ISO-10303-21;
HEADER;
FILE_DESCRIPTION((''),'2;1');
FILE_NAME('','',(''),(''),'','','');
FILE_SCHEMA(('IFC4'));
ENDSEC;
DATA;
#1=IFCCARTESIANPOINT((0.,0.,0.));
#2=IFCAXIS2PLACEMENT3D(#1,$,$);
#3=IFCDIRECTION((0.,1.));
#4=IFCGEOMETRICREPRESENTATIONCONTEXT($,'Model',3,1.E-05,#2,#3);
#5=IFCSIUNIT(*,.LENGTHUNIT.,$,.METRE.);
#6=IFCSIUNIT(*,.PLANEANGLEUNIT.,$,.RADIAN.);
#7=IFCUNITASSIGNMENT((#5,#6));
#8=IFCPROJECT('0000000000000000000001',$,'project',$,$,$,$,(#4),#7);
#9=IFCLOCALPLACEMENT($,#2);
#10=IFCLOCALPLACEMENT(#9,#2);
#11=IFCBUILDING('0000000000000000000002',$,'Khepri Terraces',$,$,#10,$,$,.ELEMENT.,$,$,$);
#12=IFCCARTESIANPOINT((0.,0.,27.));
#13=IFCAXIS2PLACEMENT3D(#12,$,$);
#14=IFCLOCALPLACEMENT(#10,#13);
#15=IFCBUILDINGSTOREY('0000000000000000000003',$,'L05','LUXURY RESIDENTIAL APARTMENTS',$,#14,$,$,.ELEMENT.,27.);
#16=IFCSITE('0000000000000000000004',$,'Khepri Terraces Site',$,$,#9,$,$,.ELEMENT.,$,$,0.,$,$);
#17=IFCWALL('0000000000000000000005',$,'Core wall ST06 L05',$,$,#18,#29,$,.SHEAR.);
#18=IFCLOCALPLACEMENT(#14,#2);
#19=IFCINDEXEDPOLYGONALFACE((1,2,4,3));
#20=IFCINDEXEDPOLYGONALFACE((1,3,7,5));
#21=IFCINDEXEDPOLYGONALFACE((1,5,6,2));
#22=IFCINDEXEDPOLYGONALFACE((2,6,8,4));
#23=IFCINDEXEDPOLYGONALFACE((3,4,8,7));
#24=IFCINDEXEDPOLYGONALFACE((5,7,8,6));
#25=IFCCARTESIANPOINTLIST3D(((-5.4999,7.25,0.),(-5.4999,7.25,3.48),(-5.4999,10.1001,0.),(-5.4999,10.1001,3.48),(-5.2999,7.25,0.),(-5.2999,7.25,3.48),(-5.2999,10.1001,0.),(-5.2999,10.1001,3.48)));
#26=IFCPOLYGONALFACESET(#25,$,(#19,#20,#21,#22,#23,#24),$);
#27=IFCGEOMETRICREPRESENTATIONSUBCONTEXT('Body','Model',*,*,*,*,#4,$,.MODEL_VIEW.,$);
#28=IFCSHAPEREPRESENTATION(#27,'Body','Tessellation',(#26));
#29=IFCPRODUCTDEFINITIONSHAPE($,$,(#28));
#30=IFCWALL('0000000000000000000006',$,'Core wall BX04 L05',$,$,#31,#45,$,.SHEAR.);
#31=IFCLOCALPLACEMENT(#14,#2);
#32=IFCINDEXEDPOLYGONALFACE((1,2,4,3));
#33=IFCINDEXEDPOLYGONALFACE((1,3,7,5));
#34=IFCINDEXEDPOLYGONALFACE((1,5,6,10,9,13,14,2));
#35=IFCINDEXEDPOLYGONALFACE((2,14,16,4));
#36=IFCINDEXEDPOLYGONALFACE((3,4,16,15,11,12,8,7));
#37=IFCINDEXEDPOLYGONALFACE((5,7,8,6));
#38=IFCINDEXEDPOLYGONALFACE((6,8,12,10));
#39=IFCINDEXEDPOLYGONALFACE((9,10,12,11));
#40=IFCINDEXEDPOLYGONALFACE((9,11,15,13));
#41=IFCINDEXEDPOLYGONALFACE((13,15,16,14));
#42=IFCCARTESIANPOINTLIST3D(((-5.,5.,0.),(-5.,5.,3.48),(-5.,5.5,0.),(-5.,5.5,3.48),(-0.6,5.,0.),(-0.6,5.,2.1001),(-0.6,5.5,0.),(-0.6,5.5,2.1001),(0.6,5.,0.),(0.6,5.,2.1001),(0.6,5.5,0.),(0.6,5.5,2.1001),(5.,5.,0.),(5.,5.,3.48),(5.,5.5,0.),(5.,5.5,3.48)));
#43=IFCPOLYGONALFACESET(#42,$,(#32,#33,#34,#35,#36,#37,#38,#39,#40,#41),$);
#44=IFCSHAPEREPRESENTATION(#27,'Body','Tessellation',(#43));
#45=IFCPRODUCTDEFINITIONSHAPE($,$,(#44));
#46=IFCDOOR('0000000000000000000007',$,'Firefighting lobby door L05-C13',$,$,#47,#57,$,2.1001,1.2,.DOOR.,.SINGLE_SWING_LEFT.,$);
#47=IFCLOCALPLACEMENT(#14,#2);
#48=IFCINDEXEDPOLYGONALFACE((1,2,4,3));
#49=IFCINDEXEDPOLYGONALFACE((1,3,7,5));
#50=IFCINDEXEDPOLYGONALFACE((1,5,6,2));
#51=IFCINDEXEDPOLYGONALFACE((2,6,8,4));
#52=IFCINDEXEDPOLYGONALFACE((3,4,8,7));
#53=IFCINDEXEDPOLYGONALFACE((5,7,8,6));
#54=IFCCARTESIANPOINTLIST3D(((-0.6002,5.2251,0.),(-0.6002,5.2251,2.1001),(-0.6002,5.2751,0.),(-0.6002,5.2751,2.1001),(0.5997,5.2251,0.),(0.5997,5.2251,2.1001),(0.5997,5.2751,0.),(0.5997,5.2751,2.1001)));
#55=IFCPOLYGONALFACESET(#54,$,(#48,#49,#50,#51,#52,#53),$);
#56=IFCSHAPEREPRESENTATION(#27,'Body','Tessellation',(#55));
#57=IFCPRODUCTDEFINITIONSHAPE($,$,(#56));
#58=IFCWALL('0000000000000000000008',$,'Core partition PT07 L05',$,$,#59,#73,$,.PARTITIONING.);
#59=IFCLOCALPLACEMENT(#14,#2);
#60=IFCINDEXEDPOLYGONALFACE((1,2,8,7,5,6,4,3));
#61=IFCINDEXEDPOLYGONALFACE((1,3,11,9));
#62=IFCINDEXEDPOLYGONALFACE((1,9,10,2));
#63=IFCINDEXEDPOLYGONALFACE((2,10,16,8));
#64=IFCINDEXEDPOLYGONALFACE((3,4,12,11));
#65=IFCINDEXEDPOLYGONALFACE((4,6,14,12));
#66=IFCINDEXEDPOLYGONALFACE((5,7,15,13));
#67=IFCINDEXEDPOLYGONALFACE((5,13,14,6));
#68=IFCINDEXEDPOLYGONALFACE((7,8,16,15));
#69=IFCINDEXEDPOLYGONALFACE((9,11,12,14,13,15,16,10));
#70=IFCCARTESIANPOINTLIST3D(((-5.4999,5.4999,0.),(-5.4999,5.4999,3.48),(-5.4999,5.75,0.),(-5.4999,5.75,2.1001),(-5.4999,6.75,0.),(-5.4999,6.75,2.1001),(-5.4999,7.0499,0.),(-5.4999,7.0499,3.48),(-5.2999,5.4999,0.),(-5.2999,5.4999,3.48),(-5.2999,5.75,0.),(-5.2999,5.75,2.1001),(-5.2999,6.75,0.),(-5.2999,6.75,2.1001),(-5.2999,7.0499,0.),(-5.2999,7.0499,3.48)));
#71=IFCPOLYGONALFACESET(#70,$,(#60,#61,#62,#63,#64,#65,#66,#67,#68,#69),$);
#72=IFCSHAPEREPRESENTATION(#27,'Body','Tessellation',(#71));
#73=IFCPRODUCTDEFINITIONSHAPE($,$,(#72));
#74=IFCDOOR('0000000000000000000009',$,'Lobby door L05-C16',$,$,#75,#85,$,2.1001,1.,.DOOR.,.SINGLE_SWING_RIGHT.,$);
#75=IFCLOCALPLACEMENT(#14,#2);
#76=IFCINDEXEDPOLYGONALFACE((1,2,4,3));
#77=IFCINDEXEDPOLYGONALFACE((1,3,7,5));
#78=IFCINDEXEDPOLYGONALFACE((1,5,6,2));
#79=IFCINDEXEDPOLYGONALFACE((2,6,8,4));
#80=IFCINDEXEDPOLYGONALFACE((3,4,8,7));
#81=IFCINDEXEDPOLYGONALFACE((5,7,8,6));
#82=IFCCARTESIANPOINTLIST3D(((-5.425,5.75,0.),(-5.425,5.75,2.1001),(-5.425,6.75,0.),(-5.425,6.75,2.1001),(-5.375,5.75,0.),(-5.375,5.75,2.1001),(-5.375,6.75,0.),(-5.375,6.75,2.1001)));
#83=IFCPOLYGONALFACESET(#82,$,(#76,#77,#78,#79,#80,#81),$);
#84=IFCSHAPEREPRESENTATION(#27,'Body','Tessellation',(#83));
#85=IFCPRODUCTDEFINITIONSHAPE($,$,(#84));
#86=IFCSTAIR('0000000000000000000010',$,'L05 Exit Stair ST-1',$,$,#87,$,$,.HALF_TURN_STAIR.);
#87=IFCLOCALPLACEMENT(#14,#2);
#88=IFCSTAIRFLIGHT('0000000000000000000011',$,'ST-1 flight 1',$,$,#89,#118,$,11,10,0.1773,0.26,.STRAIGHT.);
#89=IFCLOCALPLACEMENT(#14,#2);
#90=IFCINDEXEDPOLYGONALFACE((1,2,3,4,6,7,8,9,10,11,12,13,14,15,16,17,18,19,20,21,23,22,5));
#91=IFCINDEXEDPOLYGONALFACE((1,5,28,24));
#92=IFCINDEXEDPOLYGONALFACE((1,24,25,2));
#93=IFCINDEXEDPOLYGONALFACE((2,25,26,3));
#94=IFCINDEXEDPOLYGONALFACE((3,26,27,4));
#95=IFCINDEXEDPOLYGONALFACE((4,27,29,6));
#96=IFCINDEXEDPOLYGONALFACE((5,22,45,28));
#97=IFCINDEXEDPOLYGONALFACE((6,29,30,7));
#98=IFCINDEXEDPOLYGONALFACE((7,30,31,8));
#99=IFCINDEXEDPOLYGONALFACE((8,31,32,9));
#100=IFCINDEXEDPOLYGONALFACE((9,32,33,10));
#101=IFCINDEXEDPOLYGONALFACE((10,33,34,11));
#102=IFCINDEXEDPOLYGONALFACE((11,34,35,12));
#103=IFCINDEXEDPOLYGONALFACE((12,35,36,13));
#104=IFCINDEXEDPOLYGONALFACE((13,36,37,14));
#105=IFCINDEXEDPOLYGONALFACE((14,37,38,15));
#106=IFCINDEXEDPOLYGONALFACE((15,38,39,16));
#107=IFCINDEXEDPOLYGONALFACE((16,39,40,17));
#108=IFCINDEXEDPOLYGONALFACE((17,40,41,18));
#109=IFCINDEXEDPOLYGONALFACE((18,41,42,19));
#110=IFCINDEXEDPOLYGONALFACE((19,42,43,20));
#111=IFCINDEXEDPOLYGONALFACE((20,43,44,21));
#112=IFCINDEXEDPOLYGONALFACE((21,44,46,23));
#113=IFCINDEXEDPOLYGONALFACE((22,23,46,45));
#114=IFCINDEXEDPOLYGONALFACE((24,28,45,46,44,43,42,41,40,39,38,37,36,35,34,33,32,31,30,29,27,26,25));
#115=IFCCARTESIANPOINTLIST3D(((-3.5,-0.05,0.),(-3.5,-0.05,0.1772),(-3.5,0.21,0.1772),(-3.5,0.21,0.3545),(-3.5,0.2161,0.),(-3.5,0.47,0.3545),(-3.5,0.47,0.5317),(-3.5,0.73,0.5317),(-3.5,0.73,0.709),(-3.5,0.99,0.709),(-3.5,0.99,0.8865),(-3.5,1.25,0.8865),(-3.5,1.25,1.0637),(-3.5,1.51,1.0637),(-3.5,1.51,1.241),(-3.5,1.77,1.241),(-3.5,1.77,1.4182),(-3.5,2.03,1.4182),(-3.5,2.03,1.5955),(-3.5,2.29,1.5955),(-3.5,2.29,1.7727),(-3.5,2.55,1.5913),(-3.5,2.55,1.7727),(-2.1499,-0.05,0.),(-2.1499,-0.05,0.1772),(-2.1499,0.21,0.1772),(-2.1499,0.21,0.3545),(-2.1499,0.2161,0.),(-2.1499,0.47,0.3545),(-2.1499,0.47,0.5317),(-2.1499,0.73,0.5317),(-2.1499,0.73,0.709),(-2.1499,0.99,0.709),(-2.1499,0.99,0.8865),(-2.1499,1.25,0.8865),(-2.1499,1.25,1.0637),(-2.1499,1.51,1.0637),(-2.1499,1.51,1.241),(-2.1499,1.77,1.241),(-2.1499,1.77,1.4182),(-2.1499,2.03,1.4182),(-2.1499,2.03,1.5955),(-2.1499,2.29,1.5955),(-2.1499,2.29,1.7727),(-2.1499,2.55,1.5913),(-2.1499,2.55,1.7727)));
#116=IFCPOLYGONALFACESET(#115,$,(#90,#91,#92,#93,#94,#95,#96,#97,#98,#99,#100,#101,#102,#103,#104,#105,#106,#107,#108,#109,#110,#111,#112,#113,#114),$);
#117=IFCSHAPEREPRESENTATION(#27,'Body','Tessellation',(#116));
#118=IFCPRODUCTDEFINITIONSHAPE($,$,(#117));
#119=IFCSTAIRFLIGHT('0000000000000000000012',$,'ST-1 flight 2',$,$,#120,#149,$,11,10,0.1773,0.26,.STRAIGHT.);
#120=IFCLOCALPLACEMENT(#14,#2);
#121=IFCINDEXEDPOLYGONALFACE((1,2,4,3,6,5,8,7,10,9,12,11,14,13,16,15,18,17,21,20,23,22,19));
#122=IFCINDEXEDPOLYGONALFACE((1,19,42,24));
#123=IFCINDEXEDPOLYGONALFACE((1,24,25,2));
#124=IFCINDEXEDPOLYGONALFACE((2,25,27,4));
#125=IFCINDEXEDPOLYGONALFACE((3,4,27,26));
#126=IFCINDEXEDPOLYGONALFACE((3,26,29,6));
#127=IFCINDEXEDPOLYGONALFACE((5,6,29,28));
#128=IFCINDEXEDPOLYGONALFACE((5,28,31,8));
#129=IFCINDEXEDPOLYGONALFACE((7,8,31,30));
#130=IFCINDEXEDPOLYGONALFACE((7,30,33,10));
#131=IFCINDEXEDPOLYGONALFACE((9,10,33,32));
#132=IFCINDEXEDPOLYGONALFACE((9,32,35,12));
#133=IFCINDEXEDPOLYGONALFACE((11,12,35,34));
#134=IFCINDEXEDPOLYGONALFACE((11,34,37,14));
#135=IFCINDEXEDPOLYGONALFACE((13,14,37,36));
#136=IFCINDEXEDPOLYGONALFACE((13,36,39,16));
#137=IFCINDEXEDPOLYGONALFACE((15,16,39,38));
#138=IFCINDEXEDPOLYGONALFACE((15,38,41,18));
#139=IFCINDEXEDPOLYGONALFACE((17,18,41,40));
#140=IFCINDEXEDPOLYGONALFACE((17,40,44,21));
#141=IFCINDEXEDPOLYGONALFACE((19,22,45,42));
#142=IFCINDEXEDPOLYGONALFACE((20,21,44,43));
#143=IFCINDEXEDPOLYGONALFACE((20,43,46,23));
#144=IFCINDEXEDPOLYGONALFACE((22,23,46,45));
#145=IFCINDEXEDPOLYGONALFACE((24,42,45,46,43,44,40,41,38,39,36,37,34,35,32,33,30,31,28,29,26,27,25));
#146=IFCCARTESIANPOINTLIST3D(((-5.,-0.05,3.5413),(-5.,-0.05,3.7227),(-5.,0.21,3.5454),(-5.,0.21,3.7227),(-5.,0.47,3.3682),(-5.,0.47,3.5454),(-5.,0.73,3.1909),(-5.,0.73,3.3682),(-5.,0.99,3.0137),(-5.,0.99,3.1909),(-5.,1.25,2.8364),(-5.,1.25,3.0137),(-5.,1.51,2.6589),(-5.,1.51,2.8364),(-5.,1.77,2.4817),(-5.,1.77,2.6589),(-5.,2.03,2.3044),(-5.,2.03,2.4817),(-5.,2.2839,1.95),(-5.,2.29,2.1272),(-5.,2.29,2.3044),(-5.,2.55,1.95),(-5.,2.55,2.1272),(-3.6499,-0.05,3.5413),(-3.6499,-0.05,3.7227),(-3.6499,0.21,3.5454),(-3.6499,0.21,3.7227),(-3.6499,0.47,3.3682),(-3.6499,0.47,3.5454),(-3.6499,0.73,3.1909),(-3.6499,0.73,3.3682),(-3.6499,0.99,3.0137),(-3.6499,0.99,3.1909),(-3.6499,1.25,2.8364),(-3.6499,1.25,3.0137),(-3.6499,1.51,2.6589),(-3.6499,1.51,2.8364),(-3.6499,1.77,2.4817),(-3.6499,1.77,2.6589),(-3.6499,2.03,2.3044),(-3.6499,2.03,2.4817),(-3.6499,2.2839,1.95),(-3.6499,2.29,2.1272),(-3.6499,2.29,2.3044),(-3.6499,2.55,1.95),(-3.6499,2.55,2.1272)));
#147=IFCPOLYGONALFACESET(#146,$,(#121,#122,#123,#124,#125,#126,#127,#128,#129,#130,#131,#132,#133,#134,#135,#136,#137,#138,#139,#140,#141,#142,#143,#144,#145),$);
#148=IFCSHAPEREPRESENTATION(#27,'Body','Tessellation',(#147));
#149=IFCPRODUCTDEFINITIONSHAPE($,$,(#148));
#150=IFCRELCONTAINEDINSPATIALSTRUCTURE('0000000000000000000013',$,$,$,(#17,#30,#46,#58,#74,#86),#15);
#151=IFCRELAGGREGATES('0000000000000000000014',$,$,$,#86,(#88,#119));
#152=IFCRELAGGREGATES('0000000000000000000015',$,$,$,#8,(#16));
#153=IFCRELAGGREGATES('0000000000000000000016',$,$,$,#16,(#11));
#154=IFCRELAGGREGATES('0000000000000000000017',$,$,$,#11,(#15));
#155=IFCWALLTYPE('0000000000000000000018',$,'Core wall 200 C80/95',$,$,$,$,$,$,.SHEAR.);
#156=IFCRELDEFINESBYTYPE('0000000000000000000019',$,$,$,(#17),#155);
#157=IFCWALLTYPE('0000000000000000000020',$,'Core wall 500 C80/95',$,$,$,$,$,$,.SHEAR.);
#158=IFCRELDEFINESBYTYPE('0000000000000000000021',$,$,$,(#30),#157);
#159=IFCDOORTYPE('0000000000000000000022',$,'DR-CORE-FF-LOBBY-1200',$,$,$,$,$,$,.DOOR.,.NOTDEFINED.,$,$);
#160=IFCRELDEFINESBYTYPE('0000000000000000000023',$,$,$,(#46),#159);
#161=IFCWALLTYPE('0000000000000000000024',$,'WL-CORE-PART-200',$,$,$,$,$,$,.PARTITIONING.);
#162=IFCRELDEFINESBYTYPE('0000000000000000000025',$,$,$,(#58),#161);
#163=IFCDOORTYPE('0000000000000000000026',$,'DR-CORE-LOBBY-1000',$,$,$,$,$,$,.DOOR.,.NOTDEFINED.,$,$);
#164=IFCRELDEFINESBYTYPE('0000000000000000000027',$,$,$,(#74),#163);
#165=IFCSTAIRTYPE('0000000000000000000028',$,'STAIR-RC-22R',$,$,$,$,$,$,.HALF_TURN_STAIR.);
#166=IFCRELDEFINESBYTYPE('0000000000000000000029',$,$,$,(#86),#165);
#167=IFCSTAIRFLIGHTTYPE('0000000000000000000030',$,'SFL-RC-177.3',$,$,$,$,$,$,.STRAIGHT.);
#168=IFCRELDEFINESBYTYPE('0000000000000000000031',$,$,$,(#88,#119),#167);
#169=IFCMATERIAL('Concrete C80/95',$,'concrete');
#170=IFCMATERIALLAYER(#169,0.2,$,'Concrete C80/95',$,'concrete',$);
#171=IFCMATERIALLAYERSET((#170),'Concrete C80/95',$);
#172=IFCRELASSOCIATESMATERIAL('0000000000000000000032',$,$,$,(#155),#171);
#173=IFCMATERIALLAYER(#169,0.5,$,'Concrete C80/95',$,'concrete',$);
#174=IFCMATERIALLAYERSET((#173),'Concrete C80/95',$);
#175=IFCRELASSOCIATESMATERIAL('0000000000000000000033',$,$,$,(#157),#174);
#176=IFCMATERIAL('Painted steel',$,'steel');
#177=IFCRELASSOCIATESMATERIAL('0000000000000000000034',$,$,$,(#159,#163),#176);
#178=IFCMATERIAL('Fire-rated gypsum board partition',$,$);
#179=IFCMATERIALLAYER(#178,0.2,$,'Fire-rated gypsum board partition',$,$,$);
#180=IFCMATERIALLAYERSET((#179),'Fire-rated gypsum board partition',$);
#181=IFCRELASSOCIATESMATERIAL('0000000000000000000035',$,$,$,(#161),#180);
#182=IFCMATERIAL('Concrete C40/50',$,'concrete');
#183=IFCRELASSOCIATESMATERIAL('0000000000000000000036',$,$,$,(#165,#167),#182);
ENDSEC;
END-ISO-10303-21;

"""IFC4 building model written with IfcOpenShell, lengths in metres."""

from ifc_helpers import new_model, si_unit, direction, frame, frame_2d, origin, place, context, subcontext, project, spatial, polyline, rectangle, outline, extrude, material, layer, layer_set, type_object, element, fill, aggregate, save


model = new_model("IFC4")

# Units and contexts
model_context = context("Model", 3, precision=1e-05, world=origin(), true_north=direction((0.0, 1.0)))
body_context = subcontext(model_context, "Body", "Model", "MODEL_VIEW")
ifc_project = project(units=[si_unit("LENGTHUNIT", "METRE"), si_unit("PLANEANGLEUNIT", "RADIAN")], contexts=[model_context])

# Site, building, storey
site_placement = place(None, origin())
site = spatial("IfcSite", under=ifc_project, at=site_placement, Name="Khepri Terraces Site", CompositionType="ELEMENT", RefElevation=0.0)
building_placement = place(site_placement, origin())
building = spatial("IfcBuilding", under=site, at=building_placement, Name="Khepri Terraces", CompositionType="ELEMENT")
storey_placement = place(building_placement, frame((0.0, 0.0, 27.0)))
storey = spatial("IfcBuildingStorey", under=building, at=storey_placement, Name="L05", Description="LUXURY RESIDENTIAL APARTMENTS", CompositionType="ELEMENT", Elevation=27.0)

# Wall
ifc_material_1 = material(Name="Concrete C80/95", Category="concrete")
ifc_layer_1 = layer(ifc_material_1, 0.2, Name="Concrete C80/95", Category="concrete")
ifc_layer_set_1 = layer_set([ifc_layer_1], Name="Concrete C80/95")
wall_type_1 = type_object("IfcWallType", Name="Core wall 200 C80/95", PredefinedType="SHEAR", material=ifc_layer_set_1)
wall_1_placement = place(storey_placement, frame((-5.3999, 7.25, 0.0), z_axis=(0.0, 0.0, 1.0), x_axis=(0.0, 1.0, 0.0)))
element("IfcWall", 1, at=wall_1_placement, inside=storey, type_object=wall_type_1, Name="Core wall ST06 L05", PredefinedType="SHEAR", context=body_context, shape_type="SweptSolid", body=[
    extrude(rectangle(XDim=2.8501, YDim=0.2, at=frame_2d((1.425, 0.0))), origin(), (0.0, 0.0, 1.0), 3.48),
])

# Walls, openings, doors
ifc_layer_2 = layer(ifc_material_1, 0.5, Name="Concrete C80/95", Category="concrete")
ifc_layer_set_2 = layer_set([ifc_layer_2], Name="Concrete C80/95")
wall_type_2 = type_object("IfcWallType", Name="Core wall 500 C80/95", PredefinedType="SHEAR", material=ifc_layer_set_2)
wall_2_placement = place(storey_placement, frame((-5.0, 5.25, 0.0), z_axis=(0.0, 0.0, 1.0), x_axis=(1.0, 0.0, 0.0)))
wall_2 = element("IfcWall", 2, at=wall_2_placement, inside=storey, type_object=wall_type_2, Name="Core wall BX04 L05", PredefinedType="SHEAR", context=body_context, shape_type="SweptSolid", body=[
    extrude(rectangle(XDim=10.0, YDim=0.5, at=frame_2d((5.0, 0.0))), origin(), (0.0, 0.0, 1.0), 3.48),
])
opening_1_placement = place(wall_2_placement, frame((4.3999, 0.0, 0.0)))
opening_1 = element("IfcOpeningElement", 3, at=opening_1_placement, cuts=wall_2, PredefinedType="OPENING", context=body_context, shape_type="SweptSolid", body=[
    extrude(rectangle(XDim=1.2, YDim=2.1001, at=frame_2d((0.6001, 1.05))), frame((0.0, 0.26, 0.0), z_axis=(0.0, -1.0, 0.0), x_axis=(1.0, 0.0, 0.0)), (0.0, 0.0, 1.0), 0.52),
])
ifc_material_2 = material(Name="Painted steel", Category="steel")
door_type_1 = type_object("IfcDoorType", Name="DR-CORE-FF-LOBBY-1200", OperationType="NOTDEFINED", PredefinedType="DOOR", material=ifc_material_2)
door_1_placement = place(opening_1_placement, frame((1.2, 0.0, 0.0), z_axis=(0.0, 0.0, 1.0), x_axis=(-1.0, 0.0, 0.0)))
door_1 = element("IfcDoor", 4, at=door_1_placement, inside=storey, type_object=door_type_1, Name="Firefighting lobby door L05-C13", OperationType="SINGLE_SWING_LEFT", OverallHeight=2.1001, OverallWidth=1.2, PredefinedType="DOOR", context=body_context, shape_type="SweptSolid", body=[
    extrude(rectangle(XDim=1.2, YDim=2.1001, at=frame_2d((0.6001, 1.05))), frame((0.0, 0.0249, 0.0), z_axis=(0.0, -1.0, 0.0), x_axis=(1.0, 0.0, 0.0)), (0.0, 0.0, 1.0), 0.05),
])
fill(opening_1, door_1)
ifc_material_3 = material(Name="Fire-rated gypsum board partition")
ifc_layer_3 = layer(ifc_material_3, 0.2, Name="Fire-rated gypsum board partition")
ifc_layer_set_3 = layer_set([ifc_layer_3], Name="Fire-rated gypsum board partition")
wall_type_3 = type_object("IfcWallType", Name="WL-CORE-PART-200", PredefinedType="PARTITIONING", material=ifc_layer_set_3)
wall_3_placement = place(storey_placement, frame((-5.3999, 5.5, 0.0), z_axis=(0.0, 0.0, 1.0), x_axis=(0.0, 1.0, 0.0)))
wall_3 = element("IfcWall", 5, at=wall_3_placement, inside=storey, type_object=wall_type_3, Name="Core partition PT07 L05", PredefinedType="PARTITIONING", context=body_context, shape_type="SweptSolid", body=[
    extrude(rectangle(XDim=1.55, YDim=0.2, at=frame_2d((0.7749, 0.0))), origin(), (0.0, 0.0, 1.0), 3.48),
])
opening_2_placement = place(wall_3_placement, frame((0.25, 0.0, 0.0)))
opening_2 = element("IfcOpeningElement", 6, at=opening_2_placement, cuts=wall_3, PredefinedType="OPENING", context=body_context, shape_type="SweptSolid", body=[
    extrude(rectangle(XDim=1.0, YDim=2.1001, at=frame_2d((0.5, 1.05))), frame((0.0, 0.1099, 0.0), z_axis=(0.0, -1.0, 0.0), x_axis=(1.0, 0.0, 0.0)), (0.0, 0.0, 1.0), 0.22),
])
door_type_2 = type_object("IfcDoorType", Name="DR-CORE-LOBBY-1000", OperationType="NOTDEFINED", PredefinedType="DOOR", material=ifc_material_2)
door_2_placement = place(opening_2_placement, frame((1.0, 0.0, 0.0), z_axis=(0.0, 0.0, 1.0), x_axis=(-1.0, 0.0, 0.0)))
door_2 = element("IfcDoor", 7, at=door_2_placement, inside=storey, type_object=door_type_2, Name="Lobby door L05-C16", OperationType="SINGLE_SWING_RIGHT", OverallHeight=2.1001, OverallWidth=1.0, PredefinedType="DOOR", context=body_context, shape_type="SweptSolid", body=[
    extrude(rectangle(XDim=1.0, YDim=2.1001, at=frame_2d((0.5, 1.05))), frame((0.0, 0.0249, 0.0), z_axis=(0.0, -1.0, 0.0), x_axis=(1.0, 0.0, 0.0)), (0.0, 0.0, 1.0), 0.05),
])
fill(opening_2, door_2)

# Stair, stair flights
ifc_material_4 = material(Name="Concrete C40/50", Category="concrete")
stair_type = type_object("IfcStairType", Name="STAIR-RC-22R", PredefinedType="HALF_TURN_STAIR", material=ifc_material_4)
stair_1_placement = place(storey_placement, origin())
stair_1 = element("IfcStair", 8, at=stair_1_placement, inside=storey, type_object=stair_type, Name="L05 Exit Stair ST-1", PredefinedType="HALF_TURN_STAIR")
stair_flight_type = type_object("IfcStairFlightType", Name="SFL-RC-177.3", PredefinedType="STRAIGHT", material=ifc_material_4)
stair_flight_1_placement = place(storey_placement, frame((-2.825, -0.05, 0.0), z_axis=(0.0, 0.0, 1.0), x_axis=(0.0, 1.0, 0.0)))
stair_flight_1 = element("IfcStairFlight", 9, at=stair_flight_1_placement, type_object=stair_flight_type, Name="ST-1 flight 1", NumberOfRisers=11, NumberOfTreads=10, PredefinedType="STRAIGHT", RiserHeight=0.1773, TreadLength=0.26, context=body_context, shape_type="SweptSolid", body=[
    extrude(outline(polyline([(0.0, 0.0), (0.0, 0.1772), (0.26, 0.1772), (0.26, 0.3545), (0.52, 0.3545), (0.52, 0.5317), (0.78, 0.5317), (0.78, 0.709), (1.04, 0.709), (1.04, 0.8865), (1.3, 0.8865), (1.3, 1.0637), (1.5601, 1.0637), (1.5601, 1.241), (1.8201, 1.241), (1.8201, 1.4182), (2.0801, 1.4182), (2.0801, 1.5955), (2.3401, 1.5955), (2.3401, 1.7727), (2.6001, 1.7727), (2.6001, 1.95), (2.6001, 1.5913), (0.2661, 0.0), (0.0, 0.0)])), frame((0.0, 0.675, 0.0), z_axis=(0.0, -1.0, 0.0), x_axis=(1.0, 0.0, 0.0)), (0.0, 0.0, 1.0), 1.3501),
])
stair_flight_2_placement = place(storey_placement, frame((-4.325, 2.55, 1.95), z_axis=(0.0, 0.0, 1.0), x_axis=(0.0, -1.0, 0.0)))
stair_flight_2 = element("IfcStairFlight", 10, at=stair_flight_2_placement, type_object=stair_flight_type, Name="ST-1 flight 2", NumberOfRisers=11, NumberOfTreads=10, PredefinedType="STRAIGHT", RiserHeight=0.1773, TreadLength=0.26, context=body_context, shape_type="SweptSolid", body=[
    extrude(outline(polyline([(0.0, 0.0), (0.0, 0.1772), (0.26, 0.1772), (0.26, 0.3545), (0.52, 0.3545), (0.52, 0.5317), (0.78, 0.5317), (0.78, 0.709), (1.04, 0.709), (1.04, 0.8865), (1.3, 0.8865), (1.3, 1.0637), (1.5601, 1.0637), (1.5601, 1.241), (1.8201, 1.241), (1.8201, 1.4182), (2.0801, 1.4182), (2.0801, 1.5955), (2.3401, 1.5955), (2.3401, 1.7727), (2.6001, 1.7727), (2.6001, 1.95), (2.6001, 1.5913), (0.2661, 0.0), (0.0, 0.0)])), frame((0.0, 0.675, 0.0), z_axis=(0.0, -1.0, 0.0), x_axis=(1.0, 0.0, 0.0)), (0.0, 0.0, 1.0), 1.3501),
])
aggregate(stair_1, [stair_flight_1, stair_flight_2])

save(model, "model.ifc")
